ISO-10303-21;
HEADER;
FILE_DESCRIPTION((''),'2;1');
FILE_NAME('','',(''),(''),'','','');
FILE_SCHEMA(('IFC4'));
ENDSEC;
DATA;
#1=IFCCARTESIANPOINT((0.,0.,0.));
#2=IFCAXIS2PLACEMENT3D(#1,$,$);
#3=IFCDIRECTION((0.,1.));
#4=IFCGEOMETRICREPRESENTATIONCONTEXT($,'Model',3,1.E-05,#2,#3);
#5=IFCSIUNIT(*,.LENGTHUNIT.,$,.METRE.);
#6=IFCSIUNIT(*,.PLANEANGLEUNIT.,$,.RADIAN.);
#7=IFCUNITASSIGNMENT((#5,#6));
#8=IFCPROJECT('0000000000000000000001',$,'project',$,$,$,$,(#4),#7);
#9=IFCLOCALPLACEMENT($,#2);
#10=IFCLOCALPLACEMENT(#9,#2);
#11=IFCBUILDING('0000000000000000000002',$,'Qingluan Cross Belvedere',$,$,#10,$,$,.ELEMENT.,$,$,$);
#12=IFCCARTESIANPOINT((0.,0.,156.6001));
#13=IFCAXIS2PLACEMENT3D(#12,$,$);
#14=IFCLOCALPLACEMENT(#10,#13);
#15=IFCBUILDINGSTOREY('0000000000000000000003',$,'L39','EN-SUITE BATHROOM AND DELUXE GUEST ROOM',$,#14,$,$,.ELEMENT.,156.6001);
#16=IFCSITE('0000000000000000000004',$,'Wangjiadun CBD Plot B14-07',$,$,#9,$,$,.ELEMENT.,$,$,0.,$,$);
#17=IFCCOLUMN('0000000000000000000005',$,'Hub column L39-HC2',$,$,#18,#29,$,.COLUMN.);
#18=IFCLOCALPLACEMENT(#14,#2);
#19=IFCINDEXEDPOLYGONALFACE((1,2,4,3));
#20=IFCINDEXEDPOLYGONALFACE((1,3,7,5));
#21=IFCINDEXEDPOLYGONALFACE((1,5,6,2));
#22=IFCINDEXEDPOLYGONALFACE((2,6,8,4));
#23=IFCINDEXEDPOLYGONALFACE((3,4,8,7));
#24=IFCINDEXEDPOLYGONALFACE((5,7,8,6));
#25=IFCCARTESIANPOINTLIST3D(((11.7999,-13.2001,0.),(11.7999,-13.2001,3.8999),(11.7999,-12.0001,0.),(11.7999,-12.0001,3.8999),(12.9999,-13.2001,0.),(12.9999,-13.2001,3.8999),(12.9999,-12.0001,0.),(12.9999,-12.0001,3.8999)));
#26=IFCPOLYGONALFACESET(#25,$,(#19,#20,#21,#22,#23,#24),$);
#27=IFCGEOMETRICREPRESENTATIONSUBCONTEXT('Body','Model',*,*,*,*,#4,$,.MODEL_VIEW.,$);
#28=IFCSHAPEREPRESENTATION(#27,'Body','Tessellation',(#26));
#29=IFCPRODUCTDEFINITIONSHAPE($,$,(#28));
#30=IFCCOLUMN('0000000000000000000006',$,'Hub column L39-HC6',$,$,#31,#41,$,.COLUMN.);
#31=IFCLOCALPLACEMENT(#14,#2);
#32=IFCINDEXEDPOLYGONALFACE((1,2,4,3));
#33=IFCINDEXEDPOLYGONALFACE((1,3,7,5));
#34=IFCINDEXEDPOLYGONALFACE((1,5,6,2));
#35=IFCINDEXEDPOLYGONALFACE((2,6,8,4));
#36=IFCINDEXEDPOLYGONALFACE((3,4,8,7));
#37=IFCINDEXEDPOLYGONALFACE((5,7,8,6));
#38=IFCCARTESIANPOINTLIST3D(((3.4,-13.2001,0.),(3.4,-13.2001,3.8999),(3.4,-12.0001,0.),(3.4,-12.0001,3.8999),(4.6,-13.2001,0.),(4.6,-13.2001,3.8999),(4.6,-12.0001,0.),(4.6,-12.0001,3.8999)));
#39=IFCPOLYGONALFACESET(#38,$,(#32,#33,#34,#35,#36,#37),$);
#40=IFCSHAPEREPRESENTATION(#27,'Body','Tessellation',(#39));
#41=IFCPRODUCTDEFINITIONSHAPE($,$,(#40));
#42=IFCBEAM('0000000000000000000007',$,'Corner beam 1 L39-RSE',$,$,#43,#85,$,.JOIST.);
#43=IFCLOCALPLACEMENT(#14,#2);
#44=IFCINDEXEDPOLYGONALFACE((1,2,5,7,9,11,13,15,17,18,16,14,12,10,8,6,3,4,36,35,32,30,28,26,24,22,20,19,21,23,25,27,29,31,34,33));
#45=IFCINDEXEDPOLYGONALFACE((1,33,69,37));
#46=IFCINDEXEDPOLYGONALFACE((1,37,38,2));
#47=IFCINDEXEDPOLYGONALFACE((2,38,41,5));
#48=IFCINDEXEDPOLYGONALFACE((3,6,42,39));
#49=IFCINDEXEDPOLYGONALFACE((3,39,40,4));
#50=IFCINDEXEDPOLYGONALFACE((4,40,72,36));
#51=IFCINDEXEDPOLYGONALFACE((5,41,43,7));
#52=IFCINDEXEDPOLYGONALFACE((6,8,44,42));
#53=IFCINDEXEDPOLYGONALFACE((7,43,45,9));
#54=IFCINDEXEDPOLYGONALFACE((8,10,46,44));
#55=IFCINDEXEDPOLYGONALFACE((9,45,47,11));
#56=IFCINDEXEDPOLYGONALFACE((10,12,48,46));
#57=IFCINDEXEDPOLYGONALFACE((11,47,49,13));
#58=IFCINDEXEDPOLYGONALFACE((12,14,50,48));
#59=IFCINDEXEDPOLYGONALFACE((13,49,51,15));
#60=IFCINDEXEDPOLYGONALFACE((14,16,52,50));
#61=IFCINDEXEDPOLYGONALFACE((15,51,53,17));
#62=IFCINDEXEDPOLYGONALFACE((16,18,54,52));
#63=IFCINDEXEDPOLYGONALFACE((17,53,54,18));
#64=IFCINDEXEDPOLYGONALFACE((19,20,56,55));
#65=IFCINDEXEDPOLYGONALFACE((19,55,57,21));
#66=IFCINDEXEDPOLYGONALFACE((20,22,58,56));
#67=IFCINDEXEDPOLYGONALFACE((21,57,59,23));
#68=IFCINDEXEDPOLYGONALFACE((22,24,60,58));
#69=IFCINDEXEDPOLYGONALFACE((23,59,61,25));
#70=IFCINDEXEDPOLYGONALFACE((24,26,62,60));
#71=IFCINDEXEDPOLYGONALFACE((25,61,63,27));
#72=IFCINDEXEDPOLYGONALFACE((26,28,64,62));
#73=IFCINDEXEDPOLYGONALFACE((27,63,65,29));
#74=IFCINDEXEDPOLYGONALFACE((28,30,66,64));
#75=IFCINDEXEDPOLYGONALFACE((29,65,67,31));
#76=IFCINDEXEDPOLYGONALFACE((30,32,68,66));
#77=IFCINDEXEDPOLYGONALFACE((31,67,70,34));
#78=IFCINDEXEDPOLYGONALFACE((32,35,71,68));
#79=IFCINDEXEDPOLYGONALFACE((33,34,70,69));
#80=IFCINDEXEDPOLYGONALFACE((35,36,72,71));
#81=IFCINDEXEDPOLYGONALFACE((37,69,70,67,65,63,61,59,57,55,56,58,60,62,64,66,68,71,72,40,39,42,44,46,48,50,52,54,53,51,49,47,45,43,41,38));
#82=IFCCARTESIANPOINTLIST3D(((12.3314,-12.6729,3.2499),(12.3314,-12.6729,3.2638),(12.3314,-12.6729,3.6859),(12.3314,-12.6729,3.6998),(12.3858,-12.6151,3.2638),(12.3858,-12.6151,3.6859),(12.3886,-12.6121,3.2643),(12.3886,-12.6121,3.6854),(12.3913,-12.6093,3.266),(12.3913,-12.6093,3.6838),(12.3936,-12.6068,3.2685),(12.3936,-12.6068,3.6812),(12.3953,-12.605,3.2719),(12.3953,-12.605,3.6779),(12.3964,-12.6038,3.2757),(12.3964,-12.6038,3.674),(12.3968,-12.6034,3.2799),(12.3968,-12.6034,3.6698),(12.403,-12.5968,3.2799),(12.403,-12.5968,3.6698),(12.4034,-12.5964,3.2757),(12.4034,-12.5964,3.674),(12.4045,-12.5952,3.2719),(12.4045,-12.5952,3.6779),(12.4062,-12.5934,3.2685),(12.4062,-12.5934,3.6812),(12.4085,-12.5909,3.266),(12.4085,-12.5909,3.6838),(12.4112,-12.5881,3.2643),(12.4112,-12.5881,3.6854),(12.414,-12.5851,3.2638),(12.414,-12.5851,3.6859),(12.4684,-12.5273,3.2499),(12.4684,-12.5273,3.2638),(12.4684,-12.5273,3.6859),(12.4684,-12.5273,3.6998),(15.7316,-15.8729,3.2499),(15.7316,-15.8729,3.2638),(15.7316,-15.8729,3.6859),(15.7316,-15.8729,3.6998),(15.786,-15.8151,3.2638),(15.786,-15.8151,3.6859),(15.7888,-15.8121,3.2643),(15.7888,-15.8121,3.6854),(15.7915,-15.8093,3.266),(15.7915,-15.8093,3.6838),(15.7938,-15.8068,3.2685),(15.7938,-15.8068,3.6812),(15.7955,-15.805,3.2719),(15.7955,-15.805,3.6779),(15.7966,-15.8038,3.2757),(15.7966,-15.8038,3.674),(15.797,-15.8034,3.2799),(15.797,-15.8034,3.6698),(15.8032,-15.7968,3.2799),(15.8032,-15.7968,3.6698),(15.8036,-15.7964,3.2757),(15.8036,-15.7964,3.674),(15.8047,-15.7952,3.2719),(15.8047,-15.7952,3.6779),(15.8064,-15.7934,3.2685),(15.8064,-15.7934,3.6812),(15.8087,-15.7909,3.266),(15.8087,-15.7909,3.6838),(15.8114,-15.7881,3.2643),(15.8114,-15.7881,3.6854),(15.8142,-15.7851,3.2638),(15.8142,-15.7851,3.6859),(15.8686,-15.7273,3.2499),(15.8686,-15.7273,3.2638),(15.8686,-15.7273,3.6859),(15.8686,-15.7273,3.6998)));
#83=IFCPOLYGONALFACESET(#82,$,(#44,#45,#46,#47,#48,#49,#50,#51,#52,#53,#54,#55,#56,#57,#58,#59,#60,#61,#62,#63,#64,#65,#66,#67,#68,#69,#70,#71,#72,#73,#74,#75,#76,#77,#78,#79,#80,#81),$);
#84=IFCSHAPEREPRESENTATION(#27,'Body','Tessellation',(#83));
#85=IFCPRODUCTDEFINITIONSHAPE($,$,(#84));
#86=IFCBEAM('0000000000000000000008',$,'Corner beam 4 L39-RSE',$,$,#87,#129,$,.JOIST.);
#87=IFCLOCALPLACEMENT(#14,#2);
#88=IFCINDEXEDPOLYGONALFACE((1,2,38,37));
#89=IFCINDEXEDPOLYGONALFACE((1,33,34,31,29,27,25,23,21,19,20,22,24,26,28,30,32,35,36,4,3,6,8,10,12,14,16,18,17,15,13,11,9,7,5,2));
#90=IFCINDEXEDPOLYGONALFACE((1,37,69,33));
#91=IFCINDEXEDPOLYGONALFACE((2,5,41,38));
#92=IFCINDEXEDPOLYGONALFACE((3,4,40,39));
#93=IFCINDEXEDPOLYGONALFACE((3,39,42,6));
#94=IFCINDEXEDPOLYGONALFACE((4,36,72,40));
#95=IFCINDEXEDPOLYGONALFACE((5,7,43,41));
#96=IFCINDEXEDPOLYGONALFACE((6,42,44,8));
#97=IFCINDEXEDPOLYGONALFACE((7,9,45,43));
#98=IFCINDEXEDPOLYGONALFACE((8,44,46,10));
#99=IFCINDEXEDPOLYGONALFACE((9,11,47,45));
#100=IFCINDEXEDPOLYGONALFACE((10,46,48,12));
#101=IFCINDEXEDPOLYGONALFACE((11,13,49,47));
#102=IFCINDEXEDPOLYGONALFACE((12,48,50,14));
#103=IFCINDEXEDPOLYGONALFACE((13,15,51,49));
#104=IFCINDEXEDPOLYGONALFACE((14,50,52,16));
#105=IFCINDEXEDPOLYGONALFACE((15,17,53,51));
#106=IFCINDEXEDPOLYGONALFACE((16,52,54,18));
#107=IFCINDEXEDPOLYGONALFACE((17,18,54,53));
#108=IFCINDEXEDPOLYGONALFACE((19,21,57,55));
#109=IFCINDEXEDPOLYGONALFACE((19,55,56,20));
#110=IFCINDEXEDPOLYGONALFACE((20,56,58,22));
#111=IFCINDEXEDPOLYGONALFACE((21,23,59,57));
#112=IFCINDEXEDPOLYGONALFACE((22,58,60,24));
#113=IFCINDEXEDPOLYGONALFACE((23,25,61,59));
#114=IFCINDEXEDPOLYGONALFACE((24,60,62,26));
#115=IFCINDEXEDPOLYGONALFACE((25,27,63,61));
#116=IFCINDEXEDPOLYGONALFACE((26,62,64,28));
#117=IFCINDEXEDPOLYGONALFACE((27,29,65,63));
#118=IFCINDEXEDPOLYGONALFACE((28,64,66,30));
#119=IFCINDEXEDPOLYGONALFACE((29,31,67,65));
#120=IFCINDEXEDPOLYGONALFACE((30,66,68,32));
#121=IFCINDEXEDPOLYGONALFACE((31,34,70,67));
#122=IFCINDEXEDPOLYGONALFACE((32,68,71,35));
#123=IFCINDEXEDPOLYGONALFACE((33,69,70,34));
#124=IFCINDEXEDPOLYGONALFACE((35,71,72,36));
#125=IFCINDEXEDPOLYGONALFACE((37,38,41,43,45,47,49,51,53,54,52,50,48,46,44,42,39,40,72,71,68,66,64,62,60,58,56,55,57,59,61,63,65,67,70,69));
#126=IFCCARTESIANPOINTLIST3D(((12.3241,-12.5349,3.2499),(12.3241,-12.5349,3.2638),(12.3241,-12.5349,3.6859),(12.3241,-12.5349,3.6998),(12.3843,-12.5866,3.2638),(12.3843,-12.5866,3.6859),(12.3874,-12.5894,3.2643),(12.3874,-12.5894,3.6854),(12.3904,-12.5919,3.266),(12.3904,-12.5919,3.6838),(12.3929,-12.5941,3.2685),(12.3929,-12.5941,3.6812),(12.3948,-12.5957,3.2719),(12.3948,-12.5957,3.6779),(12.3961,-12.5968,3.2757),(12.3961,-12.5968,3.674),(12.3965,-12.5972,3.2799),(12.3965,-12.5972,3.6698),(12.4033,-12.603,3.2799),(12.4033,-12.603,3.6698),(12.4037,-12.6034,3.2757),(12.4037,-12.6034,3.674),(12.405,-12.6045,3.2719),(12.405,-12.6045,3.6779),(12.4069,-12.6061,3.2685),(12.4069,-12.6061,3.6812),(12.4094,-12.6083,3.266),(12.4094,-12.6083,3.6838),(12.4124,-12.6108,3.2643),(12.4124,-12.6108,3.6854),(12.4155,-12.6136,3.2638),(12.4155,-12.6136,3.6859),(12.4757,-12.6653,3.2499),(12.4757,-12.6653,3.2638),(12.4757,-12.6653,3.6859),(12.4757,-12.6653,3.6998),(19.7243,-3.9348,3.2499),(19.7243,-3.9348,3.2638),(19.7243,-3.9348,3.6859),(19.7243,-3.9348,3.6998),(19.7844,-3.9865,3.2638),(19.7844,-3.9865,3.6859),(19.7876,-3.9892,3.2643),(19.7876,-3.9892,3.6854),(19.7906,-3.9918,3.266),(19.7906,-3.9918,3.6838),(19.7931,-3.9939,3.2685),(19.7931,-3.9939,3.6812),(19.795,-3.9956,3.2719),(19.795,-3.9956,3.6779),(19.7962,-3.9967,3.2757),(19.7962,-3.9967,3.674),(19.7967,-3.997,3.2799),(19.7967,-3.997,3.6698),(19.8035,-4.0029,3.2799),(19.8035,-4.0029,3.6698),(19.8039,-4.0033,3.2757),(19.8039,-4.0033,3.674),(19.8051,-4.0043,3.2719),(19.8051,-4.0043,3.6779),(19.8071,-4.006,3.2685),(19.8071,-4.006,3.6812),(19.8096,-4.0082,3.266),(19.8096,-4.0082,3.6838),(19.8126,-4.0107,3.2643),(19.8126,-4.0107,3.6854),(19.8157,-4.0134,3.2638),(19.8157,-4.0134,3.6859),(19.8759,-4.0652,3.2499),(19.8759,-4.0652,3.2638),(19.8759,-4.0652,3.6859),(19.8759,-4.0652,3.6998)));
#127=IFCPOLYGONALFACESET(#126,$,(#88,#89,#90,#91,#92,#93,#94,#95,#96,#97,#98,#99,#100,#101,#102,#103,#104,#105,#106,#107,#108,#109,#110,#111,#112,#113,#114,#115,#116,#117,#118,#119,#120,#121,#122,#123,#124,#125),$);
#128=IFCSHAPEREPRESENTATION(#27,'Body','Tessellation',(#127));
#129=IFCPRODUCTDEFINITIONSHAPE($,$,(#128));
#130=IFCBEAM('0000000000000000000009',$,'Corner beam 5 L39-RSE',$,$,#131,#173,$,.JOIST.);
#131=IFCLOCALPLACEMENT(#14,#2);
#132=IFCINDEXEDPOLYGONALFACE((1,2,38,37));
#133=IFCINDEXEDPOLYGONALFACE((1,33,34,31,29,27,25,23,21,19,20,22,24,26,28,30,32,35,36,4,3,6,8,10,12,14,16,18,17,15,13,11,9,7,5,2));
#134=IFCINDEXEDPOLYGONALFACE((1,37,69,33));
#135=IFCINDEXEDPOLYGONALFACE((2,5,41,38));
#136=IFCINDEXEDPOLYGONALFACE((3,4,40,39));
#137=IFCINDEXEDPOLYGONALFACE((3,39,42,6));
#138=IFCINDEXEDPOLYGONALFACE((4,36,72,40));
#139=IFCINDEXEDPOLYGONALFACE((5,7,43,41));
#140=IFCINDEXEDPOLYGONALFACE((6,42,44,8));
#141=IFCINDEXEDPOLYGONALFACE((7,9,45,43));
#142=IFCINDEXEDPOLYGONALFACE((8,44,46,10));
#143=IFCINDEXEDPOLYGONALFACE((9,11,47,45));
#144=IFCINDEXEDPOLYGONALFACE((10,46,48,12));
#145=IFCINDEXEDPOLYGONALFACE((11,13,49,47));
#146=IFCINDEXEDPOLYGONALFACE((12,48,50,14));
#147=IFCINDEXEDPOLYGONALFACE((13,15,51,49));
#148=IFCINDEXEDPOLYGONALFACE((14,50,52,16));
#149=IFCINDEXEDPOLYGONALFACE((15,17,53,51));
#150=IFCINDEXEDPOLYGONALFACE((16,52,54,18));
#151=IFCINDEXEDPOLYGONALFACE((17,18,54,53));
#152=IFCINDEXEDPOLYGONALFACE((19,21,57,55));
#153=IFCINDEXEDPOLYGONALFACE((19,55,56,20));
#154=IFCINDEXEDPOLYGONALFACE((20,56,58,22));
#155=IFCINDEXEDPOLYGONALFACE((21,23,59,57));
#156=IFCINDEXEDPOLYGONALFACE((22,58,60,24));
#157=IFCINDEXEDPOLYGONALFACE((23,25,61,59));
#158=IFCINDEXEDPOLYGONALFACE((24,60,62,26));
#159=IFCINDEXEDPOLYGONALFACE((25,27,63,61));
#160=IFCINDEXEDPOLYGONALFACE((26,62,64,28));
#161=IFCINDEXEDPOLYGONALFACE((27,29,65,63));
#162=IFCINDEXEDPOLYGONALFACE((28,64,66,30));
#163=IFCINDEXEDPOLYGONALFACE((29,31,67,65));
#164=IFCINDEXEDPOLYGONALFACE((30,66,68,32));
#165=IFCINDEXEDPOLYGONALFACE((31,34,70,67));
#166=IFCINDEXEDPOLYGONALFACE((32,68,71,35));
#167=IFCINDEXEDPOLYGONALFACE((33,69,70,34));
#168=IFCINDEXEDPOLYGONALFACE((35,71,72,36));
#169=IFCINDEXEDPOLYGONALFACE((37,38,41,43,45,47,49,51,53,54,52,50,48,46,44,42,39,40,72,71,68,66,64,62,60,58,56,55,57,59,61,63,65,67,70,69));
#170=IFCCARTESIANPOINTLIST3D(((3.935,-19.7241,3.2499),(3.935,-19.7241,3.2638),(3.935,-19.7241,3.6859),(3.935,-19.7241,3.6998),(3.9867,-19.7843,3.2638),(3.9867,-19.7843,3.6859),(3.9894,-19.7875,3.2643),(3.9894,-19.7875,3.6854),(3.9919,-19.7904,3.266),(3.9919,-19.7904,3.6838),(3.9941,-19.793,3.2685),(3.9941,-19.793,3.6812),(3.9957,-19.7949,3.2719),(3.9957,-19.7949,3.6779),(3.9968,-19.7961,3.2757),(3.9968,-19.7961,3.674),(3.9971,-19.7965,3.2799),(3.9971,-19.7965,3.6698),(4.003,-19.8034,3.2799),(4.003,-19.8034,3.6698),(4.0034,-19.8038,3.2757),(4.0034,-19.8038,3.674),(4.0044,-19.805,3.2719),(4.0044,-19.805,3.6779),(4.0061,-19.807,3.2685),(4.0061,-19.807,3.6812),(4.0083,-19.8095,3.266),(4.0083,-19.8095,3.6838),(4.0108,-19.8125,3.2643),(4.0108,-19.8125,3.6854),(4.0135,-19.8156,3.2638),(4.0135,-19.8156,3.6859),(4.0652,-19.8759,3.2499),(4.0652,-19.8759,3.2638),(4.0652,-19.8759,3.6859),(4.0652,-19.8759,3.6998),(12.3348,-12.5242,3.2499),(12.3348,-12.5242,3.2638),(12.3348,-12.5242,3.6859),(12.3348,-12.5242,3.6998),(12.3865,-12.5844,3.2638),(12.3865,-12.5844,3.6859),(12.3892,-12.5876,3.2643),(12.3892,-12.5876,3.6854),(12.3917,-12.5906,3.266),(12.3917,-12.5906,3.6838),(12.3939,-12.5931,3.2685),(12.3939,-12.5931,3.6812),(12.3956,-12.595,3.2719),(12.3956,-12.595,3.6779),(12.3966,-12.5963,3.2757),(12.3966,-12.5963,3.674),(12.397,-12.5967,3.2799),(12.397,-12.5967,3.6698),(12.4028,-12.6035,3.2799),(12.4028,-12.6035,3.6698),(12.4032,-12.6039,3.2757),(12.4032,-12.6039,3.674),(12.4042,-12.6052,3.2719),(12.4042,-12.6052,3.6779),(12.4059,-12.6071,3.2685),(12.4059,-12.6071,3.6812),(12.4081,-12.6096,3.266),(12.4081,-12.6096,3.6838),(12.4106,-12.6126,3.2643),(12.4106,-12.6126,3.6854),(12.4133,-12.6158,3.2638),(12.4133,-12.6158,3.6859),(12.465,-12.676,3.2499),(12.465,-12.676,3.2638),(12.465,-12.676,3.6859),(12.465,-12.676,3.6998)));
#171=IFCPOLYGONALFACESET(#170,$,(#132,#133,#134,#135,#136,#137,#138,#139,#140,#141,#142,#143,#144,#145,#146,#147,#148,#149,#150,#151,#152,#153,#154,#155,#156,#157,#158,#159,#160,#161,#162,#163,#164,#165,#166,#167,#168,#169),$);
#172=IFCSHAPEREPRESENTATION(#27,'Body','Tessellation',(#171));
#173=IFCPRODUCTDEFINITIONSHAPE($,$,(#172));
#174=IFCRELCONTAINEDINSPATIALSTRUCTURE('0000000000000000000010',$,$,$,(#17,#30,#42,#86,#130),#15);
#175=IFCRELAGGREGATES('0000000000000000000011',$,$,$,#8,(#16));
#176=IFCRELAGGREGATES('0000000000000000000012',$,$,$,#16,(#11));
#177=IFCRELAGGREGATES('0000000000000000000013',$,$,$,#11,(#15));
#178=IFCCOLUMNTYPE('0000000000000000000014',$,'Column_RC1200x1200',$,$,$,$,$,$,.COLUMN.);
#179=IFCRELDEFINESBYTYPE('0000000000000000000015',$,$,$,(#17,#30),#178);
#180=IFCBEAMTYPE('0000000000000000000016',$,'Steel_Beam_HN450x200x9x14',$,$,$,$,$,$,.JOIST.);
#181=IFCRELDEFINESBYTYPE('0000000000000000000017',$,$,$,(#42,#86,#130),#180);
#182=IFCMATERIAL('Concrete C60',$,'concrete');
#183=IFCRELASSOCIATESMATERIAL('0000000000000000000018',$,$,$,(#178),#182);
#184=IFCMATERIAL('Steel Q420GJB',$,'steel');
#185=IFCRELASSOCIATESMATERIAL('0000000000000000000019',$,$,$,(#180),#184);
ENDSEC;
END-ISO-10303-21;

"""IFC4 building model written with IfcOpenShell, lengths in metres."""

from ifc_helpers import new_model, si_unit, direction, frame, origin, origin_2d, place, context, subcontext, project, spatial, rectangle, i_section, extrude, material, material_profile, profile_set, type_object, element, save


model = new_model("IFC4")

# Units and contexts
model_context = context("Model", 3, precision=1e-05, world=origin(), true_north=direction((0.0, 1.0)))
body_context = subcontext(model_context, "Body", "Model", "MODEL_VIEW")
ifc_project = project(units=[si_unit("LENGTHUNIT", "METRE"), si_unit("PLANEANGLEUNIT", "RADIAN")], contexts=[model_context])

# Site, building, storey
site_placement = place(None, origin())
site = spatial("IfcSite", under=ifc_project, at=site_placement, Name="Wangjiadun CBD Plot B14-07", CompositionType="ELEMENT", RefElevation=0.0)
building_placement = place(site_placement, origin())
building = spatial("IfcBuilding", under=site, at=building_placement, Name="Qingluan Cross Belvedere", CompositionType="ELEMENT")
storey_placement = place(building_placement, frame((0.0, 0.0, 156.6001)))
storey = spatial("IfcBuildingStorey", under=building, at=storey_placement, Name="L39", Description="EN-SUITE BATHROOM AND DELUXE GUEST ROOM", CompositionType="ELEMENT", Elevation=156.6001)

# Columns
ifc_material_1 = material(Name="Concrete C60", Category="concrete")
ifc_material_profile_1 = material_profile(ifc_material_1, rectangle(XDim=1.2, YDim=1.2, at=origin_2d()), Name="RC1200x1200")
ifc_profile_set_1 = profile_set([ifc_material_profile_1], Name="Concrete C60")
column_type = type_object("IfcColumnType", Name="Column_RC1200x1200", PredefinedType="COLUMN", material=ifc_profile_set_1)
for number, where, z_axis, x_axis, name in (
    (1, (12.3999, -12.6001, 0.0), (0.0, 0.0, 1.0), (1.0, 0.0, 0.0), "Hub column L39-HC2"),
    (2, (4.0, -12.6001, 0.0), (0.0, 0.0, 1.0), (1.0, 0.0, 0.0), "Hub column L39-HC6"),
):
    element("IfcColumn", number, at=place(storey_placement, frame(where, z_axis=z_axis, x_axis=x_axis)), inside=storey, type_object=column_type, Name=name, PredefinedType="COLUMN", context=body_context, shape_type="SweptSolid", body=[
        extrude(rectangle(XDim=1.2, YDim=1.2, at=origin_2d()), origin(), (0.0, 0.0, 1.0), 3.8999),
    ])

# Beams
ifc_material_2 = material(Name="Steel Q420GJB", Category="steel")
ifc_material_profile_2 = material_profile(ifc_material_2, i_section(OverallWidth=0.2, OverallDepth=0.45, WebThickness=0.009, FlangeThickness=0.0139, FilletRadius=0.0161, at=origin_2d()), Name="HN450x200x9x14")
ifc_profile_set_2 = profile_set([ifc_material_profile_2], Name="Steel Q420GJB")
beam_type_1 = type_object("IfcBeamType", Name="Steel_Beam_HN450x200x9x14", PredefinedType="JOIST", material=ifc_profile_set_2)
beam_1_placement = place(storey_placement, frame((12.3999, -12.6001, 3.4749), z_axis=(0.72822, -0.685343, 0.0), x_axis=(0.685343, 0.72822, 0.0)))
element("IfcBeam", 3, at=beam_1_placement, inside=storey, type_object=beam_type_1, Name="Corner beam 1 L39-RSE", PredefinedType="JOIST", context=body_context, shape_type="SweptSolid", body=[
    extrude(i_section(OverallWidth=0.2, OverallDepth=0.45, WebThickness=0.009, FlangeThickness=0.0139, FilletRadius=0.0161, at=origin_2d()), origin(), (0.0, 0.0, 1.0), 4.6692),
])
beam_2_placement = place(storey_placement, frame((12.3999, -12.6001, 3.4749), z_axis=(0.652245, 0.758008, 0.0), x_axis=(-0.758008, 0.652245, 0.0)))
element("IfcBeam", 4, at=beam_2_placement, inside=storey, type_object=beam_type_1, Name="Corner beam 4 L39-RSE", PredefinedType="JOIST", context=body_context, shape_type="SweptSolid", body=[
    extrude(i_section(OverallWidth=0.2, OverallDepth=0.45, WebThickness=0.009, FlangeThickness=0.0139, FilletRadius=0.0161, at=origin_2d()), origin(), (0.0, 0.0, 1.0), 11.3457),
])
beam_3_placement = place(storey_placement, frame((12.3999, -12.6001, 3.4749), z_axis=(-0.759255, -0.650793, 0.0), x_axis=(0.650793, -0.759255, 0.0)))
element("IfcBeam", 5, at=beam_3_placement, inside=storey, type_object=beam_type_1, Name="Corner beam 5 L39-RSE", PredefinedType="JOIST", context=body_context, shape_type="SweptSolid", body=[
    extrude(i_section(OverallWidth=0.2, OverallDepth=0.45, WebThickness=0.009, FlangeThickness=0.0139, FilletRadius=0.0161, at=origin_2d()), origin(), (0.0, 0.0, 1.0), 11.0632),
])

save(model, "model.ifc")
